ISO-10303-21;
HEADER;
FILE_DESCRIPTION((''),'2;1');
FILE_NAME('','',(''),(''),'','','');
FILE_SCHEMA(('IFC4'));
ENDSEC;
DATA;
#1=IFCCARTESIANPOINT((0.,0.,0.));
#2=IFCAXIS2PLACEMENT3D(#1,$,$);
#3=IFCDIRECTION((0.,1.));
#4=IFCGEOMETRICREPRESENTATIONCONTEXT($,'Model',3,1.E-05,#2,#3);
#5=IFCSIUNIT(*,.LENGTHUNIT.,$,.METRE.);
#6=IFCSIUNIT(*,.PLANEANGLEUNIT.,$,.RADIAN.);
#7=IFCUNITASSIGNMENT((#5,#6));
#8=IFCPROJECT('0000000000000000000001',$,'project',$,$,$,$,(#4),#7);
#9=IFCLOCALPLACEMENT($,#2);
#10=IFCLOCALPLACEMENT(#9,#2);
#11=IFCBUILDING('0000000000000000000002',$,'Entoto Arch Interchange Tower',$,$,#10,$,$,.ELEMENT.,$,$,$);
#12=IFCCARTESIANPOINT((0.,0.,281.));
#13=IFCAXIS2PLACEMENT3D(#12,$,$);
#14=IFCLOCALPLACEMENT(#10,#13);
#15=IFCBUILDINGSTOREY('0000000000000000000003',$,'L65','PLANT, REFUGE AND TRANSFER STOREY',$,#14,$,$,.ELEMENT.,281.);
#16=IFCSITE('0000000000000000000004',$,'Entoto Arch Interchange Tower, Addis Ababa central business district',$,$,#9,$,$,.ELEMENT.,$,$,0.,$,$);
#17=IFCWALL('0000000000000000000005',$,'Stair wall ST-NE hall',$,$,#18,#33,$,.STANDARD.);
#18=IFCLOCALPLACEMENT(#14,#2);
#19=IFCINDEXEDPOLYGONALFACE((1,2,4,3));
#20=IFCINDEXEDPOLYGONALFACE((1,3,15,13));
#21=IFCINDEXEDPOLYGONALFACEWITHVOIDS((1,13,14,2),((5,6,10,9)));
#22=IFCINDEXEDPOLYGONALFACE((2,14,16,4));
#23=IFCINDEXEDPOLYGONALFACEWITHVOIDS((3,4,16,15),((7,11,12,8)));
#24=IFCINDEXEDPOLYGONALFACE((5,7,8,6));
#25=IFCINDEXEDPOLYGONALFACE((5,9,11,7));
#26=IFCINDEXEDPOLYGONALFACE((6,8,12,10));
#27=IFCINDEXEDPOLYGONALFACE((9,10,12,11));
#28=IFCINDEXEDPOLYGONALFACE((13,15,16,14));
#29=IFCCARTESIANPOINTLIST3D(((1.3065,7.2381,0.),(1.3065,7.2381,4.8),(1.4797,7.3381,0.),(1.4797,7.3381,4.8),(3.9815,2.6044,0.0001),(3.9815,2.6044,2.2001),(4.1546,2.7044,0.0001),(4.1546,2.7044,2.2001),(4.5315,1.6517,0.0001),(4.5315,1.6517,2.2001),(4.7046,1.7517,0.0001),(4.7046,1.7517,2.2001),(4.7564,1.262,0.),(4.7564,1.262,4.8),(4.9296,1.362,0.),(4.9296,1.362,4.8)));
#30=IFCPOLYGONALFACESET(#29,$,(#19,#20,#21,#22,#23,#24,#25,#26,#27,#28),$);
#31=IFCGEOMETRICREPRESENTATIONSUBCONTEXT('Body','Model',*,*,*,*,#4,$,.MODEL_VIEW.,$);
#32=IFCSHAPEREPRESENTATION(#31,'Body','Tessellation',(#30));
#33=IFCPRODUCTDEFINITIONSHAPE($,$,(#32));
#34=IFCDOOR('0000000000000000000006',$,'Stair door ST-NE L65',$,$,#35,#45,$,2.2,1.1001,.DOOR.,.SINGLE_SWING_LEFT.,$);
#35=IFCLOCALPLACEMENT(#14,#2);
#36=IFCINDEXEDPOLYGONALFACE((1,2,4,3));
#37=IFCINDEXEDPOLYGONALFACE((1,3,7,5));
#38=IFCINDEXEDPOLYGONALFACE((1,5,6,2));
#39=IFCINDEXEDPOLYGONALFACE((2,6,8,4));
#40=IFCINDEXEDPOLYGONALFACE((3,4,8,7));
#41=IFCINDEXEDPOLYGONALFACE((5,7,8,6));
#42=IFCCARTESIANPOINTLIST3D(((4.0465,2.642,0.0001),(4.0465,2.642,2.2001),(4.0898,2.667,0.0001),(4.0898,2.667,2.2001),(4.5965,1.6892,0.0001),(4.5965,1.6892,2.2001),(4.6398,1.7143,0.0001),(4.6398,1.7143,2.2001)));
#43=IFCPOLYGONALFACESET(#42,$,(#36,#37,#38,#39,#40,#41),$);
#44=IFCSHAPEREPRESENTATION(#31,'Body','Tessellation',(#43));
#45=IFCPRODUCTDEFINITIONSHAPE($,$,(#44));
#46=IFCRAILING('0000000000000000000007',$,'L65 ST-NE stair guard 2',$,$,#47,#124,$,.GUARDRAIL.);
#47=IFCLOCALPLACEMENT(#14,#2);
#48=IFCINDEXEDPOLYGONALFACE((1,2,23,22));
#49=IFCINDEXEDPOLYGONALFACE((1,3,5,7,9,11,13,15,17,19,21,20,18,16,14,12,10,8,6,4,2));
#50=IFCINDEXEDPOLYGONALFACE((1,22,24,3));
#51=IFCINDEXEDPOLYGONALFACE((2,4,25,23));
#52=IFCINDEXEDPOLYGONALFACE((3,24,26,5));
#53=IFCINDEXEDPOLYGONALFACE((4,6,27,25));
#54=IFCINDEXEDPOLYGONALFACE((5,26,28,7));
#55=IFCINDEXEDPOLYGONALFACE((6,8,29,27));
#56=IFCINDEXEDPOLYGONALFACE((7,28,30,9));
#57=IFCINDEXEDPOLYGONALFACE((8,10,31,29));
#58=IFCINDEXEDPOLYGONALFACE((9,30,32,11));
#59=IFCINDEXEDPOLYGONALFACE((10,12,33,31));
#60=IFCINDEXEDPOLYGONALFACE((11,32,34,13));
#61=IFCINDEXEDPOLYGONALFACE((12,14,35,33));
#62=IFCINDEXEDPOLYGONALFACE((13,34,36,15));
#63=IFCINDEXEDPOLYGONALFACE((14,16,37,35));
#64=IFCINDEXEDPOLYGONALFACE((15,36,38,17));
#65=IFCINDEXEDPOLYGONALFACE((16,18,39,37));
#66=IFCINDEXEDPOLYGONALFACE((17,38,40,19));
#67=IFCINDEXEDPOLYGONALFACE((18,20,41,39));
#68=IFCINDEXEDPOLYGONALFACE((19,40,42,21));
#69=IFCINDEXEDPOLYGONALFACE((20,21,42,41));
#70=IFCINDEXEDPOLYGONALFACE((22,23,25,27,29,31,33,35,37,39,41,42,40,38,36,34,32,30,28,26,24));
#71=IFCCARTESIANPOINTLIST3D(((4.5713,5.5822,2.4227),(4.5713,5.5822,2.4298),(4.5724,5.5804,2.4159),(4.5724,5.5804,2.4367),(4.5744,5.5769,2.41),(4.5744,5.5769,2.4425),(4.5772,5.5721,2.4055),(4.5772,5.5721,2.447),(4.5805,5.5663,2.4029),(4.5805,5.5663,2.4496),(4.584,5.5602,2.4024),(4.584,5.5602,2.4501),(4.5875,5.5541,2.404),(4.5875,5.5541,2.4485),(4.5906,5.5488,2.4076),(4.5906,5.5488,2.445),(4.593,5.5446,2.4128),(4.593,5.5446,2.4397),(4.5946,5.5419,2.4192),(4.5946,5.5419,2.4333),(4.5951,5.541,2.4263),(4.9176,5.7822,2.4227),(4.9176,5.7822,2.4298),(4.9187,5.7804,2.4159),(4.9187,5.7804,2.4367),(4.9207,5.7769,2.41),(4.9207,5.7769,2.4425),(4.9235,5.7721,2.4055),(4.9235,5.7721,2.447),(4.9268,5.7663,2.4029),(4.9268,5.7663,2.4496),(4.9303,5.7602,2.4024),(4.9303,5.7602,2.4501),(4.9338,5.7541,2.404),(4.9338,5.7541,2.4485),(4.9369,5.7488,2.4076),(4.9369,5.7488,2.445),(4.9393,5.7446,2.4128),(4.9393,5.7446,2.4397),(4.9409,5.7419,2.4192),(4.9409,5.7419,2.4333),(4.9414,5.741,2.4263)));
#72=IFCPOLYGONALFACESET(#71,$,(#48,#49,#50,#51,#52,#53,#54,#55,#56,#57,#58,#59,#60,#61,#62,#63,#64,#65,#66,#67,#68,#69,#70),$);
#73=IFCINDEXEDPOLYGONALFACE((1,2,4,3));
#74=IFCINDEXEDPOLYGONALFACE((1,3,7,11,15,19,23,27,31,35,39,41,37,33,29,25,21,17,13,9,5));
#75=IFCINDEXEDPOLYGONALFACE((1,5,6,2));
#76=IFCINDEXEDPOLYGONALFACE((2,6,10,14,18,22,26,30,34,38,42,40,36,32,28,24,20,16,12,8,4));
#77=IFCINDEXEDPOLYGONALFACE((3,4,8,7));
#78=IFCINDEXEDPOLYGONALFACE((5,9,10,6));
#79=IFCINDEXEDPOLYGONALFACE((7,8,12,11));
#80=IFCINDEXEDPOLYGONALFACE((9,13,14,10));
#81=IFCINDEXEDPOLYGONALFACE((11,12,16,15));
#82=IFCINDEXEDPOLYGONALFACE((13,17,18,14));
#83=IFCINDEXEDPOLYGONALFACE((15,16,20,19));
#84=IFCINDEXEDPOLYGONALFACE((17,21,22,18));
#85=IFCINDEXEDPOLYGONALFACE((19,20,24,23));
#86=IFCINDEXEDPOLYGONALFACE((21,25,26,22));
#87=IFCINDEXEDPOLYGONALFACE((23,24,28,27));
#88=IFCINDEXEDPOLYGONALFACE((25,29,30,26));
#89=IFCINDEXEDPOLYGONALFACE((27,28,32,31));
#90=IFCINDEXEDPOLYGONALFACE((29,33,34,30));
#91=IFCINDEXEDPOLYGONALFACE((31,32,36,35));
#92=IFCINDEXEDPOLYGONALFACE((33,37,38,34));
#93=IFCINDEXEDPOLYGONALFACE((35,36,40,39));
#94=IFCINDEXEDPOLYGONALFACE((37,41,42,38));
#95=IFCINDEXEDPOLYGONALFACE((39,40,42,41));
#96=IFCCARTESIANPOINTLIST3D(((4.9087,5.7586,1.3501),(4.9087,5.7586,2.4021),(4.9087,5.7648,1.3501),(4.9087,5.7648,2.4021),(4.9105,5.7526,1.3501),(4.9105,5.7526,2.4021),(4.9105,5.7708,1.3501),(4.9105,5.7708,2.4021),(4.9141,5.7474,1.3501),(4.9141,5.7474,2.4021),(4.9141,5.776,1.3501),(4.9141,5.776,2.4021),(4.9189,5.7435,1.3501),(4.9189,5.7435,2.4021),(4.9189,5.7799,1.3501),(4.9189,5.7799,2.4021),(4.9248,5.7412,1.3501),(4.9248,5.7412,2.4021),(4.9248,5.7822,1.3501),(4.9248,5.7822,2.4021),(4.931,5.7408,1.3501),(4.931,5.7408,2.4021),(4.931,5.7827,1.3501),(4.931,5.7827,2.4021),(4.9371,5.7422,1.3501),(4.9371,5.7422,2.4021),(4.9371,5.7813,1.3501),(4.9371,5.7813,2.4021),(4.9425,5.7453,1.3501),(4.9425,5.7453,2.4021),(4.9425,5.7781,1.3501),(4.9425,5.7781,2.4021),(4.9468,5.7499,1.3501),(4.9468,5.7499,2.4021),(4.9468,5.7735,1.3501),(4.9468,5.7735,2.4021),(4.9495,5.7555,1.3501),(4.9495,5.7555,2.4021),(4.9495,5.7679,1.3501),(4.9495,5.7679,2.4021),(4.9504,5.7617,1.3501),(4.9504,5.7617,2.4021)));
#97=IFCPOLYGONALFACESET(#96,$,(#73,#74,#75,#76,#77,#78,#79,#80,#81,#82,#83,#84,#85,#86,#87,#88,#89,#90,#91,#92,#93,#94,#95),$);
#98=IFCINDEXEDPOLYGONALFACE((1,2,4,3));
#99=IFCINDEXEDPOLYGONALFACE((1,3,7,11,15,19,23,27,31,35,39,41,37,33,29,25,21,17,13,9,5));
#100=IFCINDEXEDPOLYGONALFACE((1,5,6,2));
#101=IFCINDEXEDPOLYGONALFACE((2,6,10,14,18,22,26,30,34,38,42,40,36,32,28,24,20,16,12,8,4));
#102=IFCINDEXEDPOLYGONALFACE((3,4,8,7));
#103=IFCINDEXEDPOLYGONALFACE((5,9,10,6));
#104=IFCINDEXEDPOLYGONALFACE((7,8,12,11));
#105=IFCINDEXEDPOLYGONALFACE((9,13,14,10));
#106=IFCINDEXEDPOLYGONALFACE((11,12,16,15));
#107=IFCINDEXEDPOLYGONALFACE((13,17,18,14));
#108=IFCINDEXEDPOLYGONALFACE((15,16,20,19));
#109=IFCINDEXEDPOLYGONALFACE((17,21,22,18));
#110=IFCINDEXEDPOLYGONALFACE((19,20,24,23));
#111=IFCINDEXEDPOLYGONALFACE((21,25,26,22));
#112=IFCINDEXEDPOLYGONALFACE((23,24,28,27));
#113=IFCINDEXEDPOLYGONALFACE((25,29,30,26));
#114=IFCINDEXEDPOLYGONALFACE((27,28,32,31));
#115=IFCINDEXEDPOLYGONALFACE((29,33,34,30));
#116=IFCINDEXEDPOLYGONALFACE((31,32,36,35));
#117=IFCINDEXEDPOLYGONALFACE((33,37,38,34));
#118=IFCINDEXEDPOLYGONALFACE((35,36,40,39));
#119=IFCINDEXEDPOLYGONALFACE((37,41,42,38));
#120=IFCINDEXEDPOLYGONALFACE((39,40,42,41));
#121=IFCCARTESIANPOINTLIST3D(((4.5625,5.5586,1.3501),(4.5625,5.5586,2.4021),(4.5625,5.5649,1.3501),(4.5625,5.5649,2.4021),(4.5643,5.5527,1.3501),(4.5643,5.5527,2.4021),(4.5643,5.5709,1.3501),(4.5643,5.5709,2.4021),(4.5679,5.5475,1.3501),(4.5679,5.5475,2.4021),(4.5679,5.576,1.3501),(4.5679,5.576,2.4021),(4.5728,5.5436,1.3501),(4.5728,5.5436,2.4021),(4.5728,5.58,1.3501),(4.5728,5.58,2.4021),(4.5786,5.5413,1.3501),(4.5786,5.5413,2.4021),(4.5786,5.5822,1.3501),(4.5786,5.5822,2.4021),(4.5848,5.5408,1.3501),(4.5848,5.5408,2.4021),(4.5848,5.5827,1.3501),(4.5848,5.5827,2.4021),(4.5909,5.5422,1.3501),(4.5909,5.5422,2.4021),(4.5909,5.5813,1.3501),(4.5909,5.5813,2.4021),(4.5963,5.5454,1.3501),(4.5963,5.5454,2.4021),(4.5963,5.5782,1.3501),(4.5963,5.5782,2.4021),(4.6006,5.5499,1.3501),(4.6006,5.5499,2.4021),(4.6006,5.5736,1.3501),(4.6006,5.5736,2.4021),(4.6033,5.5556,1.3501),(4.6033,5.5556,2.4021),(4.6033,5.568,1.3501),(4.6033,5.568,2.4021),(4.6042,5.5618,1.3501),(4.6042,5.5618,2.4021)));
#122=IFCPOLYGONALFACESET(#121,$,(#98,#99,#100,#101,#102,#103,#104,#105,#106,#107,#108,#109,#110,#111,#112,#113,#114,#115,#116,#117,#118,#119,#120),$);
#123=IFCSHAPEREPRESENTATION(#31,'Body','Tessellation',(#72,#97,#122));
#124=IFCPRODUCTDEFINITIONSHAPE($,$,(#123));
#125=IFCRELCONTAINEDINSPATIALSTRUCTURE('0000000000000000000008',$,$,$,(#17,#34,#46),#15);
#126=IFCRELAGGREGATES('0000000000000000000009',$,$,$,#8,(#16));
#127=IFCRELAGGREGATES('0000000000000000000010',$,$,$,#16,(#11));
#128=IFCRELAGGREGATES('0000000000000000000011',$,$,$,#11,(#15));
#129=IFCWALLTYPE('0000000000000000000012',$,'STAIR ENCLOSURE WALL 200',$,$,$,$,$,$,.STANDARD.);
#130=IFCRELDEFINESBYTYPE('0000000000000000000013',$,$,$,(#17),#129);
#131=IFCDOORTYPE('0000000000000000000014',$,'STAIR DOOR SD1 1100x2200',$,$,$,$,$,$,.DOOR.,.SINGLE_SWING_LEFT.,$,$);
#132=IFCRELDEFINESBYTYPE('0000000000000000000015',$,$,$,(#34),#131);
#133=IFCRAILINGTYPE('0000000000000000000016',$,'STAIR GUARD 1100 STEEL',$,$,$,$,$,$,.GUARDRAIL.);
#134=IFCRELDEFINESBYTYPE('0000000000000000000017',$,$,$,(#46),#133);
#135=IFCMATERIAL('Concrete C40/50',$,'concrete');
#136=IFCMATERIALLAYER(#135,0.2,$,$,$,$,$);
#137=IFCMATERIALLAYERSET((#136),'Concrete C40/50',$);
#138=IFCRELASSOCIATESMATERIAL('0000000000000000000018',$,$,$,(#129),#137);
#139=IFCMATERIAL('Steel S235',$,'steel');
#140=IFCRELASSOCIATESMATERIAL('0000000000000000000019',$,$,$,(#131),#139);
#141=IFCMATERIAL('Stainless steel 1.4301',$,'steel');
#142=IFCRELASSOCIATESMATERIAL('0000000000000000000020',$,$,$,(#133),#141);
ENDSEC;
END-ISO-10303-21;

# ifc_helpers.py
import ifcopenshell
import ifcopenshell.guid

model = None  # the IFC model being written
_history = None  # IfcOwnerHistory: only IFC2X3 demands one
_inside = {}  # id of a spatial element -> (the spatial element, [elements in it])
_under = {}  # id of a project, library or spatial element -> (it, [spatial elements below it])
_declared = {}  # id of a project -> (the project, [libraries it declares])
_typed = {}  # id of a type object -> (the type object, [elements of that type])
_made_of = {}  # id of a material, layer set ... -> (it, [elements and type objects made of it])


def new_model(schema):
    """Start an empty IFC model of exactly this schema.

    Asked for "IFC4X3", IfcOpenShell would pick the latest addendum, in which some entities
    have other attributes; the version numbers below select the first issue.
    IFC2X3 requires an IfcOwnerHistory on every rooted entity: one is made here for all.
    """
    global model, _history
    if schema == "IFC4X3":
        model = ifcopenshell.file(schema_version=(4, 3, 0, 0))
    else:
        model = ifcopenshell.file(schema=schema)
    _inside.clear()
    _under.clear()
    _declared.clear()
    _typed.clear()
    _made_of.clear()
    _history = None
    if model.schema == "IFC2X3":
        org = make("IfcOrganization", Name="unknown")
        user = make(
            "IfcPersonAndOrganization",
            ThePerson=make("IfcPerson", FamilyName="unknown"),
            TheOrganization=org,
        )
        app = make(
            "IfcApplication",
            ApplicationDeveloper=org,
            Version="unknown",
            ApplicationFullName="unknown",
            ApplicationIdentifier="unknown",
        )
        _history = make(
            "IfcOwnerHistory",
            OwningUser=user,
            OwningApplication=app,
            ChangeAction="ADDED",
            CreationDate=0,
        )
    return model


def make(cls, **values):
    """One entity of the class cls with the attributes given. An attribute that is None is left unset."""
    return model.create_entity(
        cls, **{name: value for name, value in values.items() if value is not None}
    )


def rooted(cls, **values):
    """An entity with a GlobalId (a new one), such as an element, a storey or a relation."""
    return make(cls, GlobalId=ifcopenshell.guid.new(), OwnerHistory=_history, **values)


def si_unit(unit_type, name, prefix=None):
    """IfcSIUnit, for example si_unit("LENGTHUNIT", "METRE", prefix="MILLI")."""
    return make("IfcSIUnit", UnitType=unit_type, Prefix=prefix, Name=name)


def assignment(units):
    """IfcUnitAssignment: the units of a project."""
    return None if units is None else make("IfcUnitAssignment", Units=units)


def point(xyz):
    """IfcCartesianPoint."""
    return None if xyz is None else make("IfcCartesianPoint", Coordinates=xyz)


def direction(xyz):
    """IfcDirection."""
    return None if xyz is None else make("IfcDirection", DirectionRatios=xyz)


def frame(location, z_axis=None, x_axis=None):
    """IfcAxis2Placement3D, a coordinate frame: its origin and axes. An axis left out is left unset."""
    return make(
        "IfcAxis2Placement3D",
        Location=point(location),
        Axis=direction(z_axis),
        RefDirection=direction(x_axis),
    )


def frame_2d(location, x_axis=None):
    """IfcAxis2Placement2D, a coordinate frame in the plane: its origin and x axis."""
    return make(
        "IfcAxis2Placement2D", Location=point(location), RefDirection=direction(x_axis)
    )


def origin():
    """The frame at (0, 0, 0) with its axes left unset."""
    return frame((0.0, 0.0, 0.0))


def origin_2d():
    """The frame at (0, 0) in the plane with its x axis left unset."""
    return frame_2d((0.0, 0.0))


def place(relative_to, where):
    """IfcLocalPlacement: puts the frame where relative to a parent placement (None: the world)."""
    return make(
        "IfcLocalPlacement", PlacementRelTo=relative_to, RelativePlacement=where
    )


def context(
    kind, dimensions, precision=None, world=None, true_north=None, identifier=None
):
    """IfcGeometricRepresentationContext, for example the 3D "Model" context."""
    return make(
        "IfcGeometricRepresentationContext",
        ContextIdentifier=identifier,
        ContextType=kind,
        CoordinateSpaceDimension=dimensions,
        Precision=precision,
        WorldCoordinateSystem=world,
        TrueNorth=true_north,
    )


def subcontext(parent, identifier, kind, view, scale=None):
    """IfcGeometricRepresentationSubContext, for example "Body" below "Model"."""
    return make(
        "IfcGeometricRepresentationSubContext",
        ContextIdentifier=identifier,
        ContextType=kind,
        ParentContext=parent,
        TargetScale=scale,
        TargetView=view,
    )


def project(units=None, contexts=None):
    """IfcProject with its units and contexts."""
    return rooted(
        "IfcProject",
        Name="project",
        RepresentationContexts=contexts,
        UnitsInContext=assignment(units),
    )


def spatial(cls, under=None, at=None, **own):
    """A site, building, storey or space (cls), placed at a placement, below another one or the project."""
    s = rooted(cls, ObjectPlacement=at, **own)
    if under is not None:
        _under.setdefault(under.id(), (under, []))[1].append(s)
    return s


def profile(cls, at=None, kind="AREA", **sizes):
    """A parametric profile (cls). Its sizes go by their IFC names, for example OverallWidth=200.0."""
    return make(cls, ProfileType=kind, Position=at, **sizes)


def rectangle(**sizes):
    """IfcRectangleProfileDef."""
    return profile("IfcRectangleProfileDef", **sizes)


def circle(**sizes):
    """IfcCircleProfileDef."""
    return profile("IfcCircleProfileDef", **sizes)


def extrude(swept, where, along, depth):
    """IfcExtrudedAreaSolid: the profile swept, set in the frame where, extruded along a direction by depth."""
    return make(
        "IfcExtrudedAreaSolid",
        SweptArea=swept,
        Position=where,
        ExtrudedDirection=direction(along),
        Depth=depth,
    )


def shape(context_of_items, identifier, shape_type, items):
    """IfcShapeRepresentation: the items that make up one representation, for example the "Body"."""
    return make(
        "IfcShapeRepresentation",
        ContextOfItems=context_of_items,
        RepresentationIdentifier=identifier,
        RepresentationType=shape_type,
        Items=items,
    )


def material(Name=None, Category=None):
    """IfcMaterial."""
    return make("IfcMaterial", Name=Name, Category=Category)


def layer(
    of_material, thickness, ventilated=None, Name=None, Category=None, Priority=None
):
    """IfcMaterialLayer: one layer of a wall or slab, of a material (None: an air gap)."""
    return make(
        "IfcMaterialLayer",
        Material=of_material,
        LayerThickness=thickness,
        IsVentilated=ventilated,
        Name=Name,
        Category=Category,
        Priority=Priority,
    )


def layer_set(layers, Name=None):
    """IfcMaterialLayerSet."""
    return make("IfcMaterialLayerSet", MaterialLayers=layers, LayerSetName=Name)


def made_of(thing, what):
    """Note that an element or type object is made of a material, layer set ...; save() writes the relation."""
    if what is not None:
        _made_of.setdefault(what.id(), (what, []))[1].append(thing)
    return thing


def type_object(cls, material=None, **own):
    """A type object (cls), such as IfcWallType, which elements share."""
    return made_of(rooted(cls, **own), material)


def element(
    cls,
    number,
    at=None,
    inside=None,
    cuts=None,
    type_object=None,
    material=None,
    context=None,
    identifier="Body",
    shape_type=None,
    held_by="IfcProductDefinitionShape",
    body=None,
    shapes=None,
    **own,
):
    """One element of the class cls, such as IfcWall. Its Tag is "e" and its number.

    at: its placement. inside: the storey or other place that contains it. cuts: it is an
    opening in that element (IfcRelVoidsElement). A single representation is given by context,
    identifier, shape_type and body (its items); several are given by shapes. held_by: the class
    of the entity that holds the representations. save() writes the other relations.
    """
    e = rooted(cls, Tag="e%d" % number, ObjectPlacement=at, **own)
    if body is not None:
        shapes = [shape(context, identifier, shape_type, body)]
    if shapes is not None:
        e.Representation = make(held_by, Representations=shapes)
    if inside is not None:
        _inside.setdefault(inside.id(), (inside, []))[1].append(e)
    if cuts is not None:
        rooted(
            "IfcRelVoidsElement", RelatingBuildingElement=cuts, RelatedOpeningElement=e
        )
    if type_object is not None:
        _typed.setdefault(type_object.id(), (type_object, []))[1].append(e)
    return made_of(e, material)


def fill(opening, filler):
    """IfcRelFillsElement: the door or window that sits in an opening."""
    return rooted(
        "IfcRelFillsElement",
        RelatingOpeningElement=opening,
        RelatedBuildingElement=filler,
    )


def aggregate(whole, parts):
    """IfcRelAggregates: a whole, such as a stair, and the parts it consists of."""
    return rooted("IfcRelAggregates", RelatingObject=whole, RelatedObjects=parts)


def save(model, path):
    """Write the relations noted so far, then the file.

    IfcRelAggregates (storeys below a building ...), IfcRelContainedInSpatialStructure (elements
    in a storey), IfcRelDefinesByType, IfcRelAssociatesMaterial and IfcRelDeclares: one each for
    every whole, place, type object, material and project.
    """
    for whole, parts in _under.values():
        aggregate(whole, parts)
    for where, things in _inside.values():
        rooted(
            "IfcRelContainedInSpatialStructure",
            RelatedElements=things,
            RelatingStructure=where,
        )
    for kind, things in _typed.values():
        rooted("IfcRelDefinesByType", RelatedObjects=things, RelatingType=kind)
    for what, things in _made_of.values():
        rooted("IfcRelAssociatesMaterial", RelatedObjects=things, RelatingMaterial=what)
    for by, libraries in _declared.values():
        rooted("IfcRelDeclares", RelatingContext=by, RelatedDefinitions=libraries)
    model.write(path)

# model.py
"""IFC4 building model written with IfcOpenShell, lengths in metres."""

from ifc_helpers import new_model, si_unit, direction, frame, frame_2d, origin, origin_2d, place, context, subcontext, project, spatial, rectangle, circle, extrude, material, layer, layer_set, type_object, element, fill, save


model = new_model("IFC4")

# Units and contexts
model_context = context("Model", 3, precision=1e-05, world=origin(), true_north=direction((0.0, 1.0)))
body_context = subcontext(model_context, "Body", "Model", "MODEL_VIEW")
ifc_project = project(units=[si_unit("LENGTHUNIT", "METRE"), si_unit("PLANEANGLEUNIT", "RADIAN")], contexts=[model_context])

# Site, building, storey
site_placement = place(None, origin())
site = spatial("IfcSite", under=ifc_project, at=site_placement, Name="Entoto Arch Interchange Tower, Addis Ababa central business district", CompositionType="ELEMENT", RefElevation=0.0)
building_placement = place(site_placement, origin())
building = spatial("IfcBuilding", under=site, at=building_placement, Name="Entoto Arch Interchange Tower", CompositionType="ELEMENT")
storey_placement = place(building_placement, frame((0.0, 0.0, 281.0)))
storey = spatial("IfcBuildingStorey", under=building, at=storey_placement, Name="L65", Description="PLANT, REFUGE AND TRANSFER STOREY", CompositionType="ELEMENT", Elevation=281.0)

# Shared definitions
ifc_material_1 = material(Name="Concrete C40/50", Category="concrete")

# Shared definitions
ifc_layer_1 = layer(ifc_material_1, 0.2)
ifc_layer_set_1 = layer_set([ifc_layer_1], Name="Concrete C40/50")
wall_type_1 = type_object("IfcWallType", Name="STAIR ENCLOSURE WALL 200", PredefinedType="STANDARD", material=ifc_layer_set_1)
ifc_material_2 = material(Name="Steel S235", Category="steel")
door_type_1 = type_object("IfcDoorType", Name="STAIR DOOR SD1 1100x2200", OperationType="SINGLE_SWING_LEFT", PredefinedType="DOOR", material=ifc_material_2)

# Wall, opening, door
wall_1_placement = place(storey_placement, frame((4.843, 1.312, 0.0), z_axis=(0.0, 0.0, 1.0), x_axis=(-0.499963, 0.866047, 0.0)))
wall_1 = element("IfcWall", 1, at=wall_1_placement, inside=storey, type_object=wall_type_1, Name="Stair wall ST-NE hall", PredefinedType="STANDARD", context=body_context, shape_type="SweptSolid", body=[
    extrude(rectangle(XDim=6.9004, YDim=0.2, at=frame_2d((3.4502, 0.0))), origin(), (0.0, 0.0, 1.0), 4.8),
])
opening_1_placement = place(wall_1_placement, frame((0.45, 0.0, 0.0)))
opening_1 = element("IfcOpeningElement", 2, at=opening_1_placement, cuts=wall_1, PredefinedType="OPENING", context=body_context, shape_type="SweptSolid", body=[
    extrude(rectangle(XDim=1.1001, YDim=2.2, at=frame_2d((0.55, 1.1001))), frame((0.0, 0.1099, 0.0), z_axis=(0.0, -1.0, 0.0), x_axis=(1.0, 0.0, 0.0)), (0.0, 0.0, 1.0), 0.22),
])
door_1_placement = place(opening_1_placement, origin())
door_1 = element("IfcDoor", 3, at=door_1_placement, inside=storey, type_object=door_type_1, Name="Stair door ST-NE L65", OperationType="SINGLE_SWING_LEFT", OverallHeight=2.2, OverallWidth=1.1001, PredefinedType="DOOR", context=body_context, shape_type="SweptSolid", body=[
    extrude(rectangle(XDim=1.1001, YDim=2.2, at=frame_2d((0.55, 1.1001))), frame((0.0, 0.0249, 0.0), z_axis=(0.0, -1.0, 0.0), x_axis=(1.0, 0.0, 0.0)), (0.0, 0.0, 1.0), 0.05),
])
fill(opening_1, door_1)

# Railing
ifc_material_3 = material(Name="Stainless steel 1.4301", Category="steel")
railing_type_1 = type_object("IfcRailingType", Name="STAIR GUARD 1100 STEEL", PredefinedType="GUARDRAIL", material=ifc_material_3)
railing_placement = place(storey_placement, frame((4.9294, 5.7617, 1.3501)))
element("IfcRailing", 4, at=railing_placement, inside=storey, type_object=railing_type_1, Name="L65 ST-NE stair guard 2", PredefinedType="GUARDRAIL", context=body_context, shape_type="SweptSolid", body=[
    extrude(circle(Radius=0.0239, at=origin_2d()), frame((0.0, 0.0, 1.0762), z_axis=(-0.865941, -0.500145, 0.0), x_axis=(0.500145, -0.865941, 0.0)), (0.0, 0.0, 1.0), 0.3999),
    extrude(circle(Radius=0.021, at=origin_2d()), origin(), (0.0, 0.0, 1.0), 1.052),
    extrude(circle(Radius=0.021, at=origin_2d()), frame((-0.3462, -0.2, 0.0)), (0.0, 0.0, 1.0), 1.052),
])

save(model, "model.ifc")
